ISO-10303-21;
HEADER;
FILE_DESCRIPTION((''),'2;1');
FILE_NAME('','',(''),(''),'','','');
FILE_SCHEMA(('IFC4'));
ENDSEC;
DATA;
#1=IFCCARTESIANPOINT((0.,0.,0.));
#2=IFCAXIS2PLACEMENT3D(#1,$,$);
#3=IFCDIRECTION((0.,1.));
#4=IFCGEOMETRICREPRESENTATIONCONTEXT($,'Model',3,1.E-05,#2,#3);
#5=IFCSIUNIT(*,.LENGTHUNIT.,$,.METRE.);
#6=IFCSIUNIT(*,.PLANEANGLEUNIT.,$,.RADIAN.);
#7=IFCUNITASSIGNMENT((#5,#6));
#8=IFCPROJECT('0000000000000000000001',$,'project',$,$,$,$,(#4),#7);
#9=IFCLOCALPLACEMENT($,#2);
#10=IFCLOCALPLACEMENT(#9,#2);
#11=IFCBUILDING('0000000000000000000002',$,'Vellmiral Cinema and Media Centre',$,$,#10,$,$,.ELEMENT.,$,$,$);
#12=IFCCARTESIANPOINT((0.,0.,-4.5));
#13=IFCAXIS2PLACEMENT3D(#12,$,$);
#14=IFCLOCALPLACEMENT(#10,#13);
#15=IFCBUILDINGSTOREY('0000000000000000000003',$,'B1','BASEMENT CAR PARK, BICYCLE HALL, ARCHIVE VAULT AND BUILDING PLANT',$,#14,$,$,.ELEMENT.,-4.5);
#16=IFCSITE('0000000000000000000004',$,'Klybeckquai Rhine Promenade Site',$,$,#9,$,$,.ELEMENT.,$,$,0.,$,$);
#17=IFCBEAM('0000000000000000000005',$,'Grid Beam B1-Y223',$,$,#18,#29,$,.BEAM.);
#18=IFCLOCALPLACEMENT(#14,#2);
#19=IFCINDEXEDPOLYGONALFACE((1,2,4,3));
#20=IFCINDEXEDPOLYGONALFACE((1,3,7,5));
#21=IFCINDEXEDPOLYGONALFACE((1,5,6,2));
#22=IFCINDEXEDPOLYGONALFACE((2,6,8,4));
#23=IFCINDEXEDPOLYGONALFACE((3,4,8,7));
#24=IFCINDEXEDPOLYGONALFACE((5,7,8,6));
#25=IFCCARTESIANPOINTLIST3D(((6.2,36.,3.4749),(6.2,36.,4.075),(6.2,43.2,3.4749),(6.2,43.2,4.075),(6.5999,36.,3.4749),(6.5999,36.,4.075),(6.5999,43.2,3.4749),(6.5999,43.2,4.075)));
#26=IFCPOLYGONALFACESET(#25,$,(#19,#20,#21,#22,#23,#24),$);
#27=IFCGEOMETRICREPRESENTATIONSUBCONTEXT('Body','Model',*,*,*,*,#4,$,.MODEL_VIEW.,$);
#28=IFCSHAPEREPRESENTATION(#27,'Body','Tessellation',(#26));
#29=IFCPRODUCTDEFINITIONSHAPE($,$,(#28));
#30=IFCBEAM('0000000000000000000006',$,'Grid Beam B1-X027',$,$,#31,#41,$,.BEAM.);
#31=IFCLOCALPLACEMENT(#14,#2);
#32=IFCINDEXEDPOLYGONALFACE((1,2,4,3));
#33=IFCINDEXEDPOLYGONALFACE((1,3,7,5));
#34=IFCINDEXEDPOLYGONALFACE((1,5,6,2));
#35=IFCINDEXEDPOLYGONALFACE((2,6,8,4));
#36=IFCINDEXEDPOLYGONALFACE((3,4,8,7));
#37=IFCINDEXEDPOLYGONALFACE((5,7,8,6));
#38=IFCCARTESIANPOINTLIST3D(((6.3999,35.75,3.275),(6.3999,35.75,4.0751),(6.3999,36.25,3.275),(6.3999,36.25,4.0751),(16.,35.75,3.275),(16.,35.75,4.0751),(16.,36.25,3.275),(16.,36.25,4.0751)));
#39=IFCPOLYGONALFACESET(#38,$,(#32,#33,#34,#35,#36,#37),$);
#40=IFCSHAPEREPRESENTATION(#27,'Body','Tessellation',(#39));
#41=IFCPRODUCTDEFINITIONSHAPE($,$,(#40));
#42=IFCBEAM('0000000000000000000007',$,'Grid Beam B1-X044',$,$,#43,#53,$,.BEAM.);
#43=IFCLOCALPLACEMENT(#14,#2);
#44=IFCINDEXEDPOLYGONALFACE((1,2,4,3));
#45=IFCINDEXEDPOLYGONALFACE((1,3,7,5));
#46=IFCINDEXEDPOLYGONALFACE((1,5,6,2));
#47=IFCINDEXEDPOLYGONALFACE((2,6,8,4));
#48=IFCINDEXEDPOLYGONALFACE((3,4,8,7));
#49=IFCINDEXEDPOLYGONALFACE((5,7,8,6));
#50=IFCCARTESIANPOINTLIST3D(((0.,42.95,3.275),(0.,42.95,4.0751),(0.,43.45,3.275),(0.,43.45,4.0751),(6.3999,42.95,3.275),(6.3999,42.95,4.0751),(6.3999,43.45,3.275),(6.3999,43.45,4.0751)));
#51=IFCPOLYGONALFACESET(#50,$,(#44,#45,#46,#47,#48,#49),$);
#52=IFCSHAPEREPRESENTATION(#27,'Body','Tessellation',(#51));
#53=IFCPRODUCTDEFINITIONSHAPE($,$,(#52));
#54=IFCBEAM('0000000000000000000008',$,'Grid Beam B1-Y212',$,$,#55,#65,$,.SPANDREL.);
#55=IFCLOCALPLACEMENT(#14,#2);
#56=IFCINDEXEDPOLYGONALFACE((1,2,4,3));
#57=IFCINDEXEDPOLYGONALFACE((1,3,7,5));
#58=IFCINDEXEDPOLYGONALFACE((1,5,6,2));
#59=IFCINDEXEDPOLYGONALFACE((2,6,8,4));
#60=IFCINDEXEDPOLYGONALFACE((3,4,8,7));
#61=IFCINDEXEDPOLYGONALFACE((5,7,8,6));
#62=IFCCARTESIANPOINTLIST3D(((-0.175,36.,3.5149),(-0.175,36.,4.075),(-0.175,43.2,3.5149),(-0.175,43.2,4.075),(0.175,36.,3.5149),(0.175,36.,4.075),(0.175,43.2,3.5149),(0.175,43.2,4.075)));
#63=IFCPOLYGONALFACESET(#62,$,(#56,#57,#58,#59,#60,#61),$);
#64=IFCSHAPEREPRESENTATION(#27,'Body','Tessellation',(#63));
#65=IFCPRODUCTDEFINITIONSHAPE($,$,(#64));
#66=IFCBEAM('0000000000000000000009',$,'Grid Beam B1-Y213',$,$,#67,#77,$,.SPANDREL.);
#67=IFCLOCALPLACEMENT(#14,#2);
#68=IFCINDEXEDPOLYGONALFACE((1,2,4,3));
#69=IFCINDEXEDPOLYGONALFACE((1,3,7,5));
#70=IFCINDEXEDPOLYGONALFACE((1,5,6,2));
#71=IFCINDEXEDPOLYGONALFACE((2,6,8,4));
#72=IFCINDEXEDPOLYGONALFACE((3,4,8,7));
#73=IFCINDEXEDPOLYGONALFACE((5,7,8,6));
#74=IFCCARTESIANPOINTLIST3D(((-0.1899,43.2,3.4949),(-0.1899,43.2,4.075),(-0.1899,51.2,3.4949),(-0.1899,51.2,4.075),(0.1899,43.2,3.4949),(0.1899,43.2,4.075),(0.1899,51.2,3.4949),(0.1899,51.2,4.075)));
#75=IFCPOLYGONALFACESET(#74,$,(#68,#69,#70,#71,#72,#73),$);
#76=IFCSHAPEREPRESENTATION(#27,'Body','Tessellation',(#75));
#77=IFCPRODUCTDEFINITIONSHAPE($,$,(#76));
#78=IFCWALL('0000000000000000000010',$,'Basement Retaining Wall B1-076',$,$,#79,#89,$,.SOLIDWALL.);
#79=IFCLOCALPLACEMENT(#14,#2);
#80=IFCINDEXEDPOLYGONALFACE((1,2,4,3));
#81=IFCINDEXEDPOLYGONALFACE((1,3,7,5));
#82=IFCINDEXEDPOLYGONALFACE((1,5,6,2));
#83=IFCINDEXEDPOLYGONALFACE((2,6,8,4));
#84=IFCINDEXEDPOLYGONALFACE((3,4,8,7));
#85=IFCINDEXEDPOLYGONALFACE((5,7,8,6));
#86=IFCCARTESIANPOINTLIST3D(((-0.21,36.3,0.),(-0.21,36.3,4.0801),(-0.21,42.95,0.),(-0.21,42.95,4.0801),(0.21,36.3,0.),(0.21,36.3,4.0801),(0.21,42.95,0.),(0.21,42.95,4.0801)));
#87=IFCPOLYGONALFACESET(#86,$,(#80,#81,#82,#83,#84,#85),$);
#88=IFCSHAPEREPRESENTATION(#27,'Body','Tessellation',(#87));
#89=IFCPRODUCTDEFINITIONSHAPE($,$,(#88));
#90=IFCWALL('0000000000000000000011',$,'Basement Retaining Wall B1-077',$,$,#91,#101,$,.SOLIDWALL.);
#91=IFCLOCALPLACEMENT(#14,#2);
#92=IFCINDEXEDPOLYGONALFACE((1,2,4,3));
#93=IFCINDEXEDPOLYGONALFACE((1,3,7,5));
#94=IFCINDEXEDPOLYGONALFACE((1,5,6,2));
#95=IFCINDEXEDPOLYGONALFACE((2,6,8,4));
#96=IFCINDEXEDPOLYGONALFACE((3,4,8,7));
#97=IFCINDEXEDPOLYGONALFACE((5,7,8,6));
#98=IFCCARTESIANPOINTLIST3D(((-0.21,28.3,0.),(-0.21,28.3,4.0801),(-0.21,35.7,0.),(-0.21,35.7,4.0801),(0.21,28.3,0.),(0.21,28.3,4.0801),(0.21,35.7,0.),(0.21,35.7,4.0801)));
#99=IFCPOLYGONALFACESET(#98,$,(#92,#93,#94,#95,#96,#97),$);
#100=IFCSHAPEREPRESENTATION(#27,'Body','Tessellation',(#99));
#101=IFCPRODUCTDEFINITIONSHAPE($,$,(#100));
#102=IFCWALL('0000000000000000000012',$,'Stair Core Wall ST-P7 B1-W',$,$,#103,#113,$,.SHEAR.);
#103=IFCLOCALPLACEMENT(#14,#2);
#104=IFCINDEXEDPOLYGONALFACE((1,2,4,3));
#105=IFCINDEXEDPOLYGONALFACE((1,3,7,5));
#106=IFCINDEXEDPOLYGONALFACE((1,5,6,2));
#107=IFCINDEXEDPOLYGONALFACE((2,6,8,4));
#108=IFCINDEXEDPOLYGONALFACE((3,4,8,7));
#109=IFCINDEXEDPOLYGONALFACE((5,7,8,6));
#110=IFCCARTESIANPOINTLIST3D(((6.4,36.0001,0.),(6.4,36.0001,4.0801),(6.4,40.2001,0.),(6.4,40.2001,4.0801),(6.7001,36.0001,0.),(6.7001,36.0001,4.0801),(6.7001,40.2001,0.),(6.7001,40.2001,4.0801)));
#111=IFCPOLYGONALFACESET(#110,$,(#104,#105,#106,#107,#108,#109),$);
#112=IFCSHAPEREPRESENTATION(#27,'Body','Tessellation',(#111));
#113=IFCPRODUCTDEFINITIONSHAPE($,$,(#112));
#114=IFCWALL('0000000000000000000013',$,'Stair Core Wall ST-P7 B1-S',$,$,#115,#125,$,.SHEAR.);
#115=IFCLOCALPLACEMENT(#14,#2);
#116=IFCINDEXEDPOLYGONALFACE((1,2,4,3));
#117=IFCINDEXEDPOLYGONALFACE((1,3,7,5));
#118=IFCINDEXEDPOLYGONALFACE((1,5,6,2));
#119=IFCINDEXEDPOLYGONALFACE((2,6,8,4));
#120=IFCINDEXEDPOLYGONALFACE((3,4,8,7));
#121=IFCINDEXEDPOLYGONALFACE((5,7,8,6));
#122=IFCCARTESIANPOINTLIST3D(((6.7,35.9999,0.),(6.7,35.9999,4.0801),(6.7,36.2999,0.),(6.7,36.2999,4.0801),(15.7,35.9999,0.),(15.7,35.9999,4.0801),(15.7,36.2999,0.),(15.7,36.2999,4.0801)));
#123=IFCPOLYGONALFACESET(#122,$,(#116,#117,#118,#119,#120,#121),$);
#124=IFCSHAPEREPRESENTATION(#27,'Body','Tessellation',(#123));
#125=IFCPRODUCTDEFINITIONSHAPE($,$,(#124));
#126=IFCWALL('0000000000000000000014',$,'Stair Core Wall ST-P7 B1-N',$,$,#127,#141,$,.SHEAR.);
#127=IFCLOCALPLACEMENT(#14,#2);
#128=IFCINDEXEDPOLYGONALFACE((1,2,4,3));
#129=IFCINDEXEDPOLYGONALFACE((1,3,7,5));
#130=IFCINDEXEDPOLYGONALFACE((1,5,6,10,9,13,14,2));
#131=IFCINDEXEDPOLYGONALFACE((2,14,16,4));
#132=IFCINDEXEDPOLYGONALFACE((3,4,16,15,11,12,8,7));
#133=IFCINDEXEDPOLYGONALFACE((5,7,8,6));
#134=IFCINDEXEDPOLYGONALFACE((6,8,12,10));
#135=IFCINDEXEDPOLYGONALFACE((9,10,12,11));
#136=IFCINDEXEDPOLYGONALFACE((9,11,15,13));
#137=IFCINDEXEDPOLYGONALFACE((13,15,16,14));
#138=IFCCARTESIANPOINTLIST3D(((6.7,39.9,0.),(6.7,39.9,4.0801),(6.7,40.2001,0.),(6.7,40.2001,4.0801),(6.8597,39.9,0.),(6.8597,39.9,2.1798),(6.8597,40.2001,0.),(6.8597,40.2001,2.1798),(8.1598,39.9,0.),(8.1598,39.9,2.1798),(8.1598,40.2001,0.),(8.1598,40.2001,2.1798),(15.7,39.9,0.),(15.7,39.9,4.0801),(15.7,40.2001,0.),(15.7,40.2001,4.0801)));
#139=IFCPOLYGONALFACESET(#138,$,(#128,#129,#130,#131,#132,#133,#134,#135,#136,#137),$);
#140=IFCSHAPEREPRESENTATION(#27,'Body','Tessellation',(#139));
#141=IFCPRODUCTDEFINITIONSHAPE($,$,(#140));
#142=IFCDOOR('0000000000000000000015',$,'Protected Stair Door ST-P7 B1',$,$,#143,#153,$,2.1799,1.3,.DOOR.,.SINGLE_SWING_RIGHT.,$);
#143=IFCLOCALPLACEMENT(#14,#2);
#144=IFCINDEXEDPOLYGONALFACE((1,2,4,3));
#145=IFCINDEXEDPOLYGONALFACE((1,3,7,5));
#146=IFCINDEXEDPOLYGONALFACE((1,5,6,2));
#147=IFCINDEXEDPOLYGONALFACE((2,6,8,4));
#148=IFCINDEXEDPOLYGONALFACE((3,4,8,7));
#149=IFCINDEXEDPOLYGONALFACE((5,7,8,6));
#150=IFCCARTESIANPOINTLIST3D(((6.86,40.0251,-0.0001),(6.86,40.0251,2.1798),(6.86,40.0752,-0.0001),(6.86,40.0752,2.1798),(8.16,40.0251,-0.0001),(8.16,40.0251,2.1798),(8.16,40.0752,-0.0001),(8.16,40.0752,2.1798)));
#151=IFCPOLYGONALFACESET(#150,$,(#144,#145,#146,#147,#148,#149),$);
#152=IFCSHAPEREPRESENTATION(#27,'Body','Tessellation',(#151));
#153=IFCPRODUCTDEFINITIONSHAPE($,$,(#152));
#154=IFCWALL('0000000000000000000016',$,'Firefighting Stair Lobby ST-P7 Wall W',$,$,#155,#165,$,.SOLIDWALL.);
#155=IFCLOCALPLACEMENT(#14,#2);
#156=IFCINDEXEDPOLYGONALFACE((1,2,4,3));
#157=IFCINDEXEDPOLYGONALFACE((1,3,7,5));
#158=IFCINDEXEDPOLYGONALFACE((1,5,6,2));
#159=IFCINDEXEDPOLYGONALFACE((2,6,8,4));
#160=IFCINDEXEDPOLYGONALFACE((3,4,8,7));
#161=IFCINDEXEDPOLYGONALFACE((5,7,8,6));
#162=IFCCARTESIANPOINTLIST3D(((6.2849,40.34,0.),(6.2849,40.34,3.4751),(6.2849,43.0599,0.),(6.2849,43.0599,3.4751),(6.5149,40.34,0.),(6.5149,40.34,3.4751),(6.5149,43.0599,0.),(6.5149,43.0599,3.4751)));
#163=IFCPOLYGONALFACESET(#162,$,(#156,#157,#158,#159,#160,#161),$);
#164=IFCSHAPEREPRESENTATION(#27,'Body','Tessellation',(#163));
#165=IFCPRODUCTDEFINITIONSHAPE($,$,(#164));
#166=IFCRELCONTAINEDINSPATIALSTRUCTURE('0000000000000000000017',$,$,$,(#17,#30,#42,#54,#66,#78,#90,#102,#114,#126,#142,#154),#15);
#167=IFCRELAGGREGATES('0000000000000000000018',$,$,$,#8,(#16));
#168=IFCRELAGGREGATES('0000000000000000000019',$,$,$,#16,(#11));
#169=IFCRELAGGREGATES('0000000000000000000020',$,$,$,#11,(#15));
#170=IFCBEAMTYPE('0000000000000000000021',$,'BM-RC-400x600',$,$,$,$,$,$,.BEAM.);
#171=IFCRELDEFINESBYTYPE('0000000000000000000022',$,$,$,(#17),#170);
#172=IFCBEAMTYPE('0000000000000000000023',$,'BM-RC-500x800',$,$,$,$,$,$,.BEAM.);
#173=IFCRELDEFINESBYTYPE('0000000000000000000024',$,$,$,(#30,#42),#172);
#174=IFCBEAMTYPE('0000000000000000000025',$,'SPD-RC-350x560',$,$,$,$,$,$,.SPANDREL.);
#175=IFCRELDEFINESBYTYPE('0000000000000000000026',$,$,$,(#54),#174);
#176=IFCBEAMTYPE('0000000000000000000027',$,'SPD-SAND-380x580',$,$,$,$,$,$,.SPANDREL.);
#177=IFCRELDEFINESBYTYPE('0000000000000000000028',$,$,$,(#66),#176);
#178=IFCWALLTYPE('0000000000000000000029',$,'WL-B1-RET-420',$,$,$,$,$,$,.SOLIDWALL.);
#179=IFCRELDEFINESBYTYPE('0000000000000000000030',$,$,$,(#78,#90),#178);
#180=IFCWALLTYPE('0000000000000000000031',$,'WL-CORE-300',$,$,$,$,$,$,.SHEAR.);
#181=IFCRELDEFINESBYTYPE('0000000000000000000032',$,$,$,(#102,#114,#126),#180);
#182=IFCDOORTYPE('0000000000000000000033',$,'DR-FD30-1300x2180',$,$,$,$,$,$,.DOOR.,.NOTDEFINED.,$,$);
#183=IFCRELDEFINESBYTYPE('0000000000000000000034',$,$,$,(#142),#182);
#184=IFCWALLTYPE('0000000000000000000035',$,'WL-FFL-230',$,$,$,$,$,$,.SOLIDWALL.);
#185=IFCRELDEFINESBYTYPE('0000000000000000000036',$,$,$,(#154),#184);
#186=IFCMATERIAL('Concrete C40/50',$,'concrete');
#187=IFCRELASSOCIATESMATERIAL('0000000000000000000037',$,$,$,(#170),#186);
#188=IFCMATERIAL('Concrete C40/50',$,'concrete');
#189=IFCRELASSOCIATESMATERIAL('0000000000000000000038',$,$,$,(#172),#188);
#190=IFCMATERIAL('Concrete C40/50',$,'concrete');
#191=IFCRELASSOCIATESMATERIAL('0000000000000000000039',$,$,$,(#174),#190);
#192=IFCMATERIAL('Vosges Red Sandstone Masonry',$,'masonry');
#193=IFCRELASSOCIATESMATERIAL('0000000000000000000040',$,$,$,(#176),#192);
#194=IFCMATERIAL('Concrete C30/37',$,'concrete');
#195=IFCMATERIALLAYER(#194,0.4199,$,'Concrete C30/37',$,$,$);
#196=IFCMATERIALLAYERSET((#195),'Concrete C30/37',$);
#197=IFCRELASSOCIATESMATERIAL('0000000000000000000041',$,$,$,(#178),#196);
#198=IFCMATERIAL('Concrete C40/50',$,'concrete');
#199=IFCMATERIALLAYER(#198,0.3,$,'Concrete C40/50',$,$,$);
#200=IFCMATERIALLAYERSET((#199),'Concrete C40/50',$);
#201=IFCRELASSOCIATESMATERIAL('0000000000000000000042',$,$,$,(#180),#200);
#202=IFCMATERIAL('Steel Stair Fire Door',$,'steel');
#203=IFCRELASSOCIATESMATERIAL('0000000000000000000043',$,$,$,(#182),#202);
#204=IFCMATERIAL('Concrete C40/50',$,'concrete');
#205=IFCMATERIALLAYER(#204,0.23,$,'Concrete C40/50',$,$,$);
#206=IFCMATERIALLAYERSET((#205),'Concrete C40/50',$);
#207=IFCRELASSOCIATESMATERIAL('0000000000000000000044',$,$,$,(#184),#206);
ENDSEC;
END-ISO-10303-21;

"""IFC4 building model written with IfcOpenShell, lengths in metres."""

from ifc_helpers import new_model, si_unit, direction, frame, frame_2d, origin, origin_2d, place, context, subcontext, project, spatial, rectangle, extrude, material, layer, layer_set, material_profile, profile_set, type_object, element, fill, save


model = new_model("IFC4")

# Units and contexts
model_context = context("Model", 3, precision=1e-05, world=origin(), true_north=direction((0.0, 1.0)))
body_context = subcontext(model_context, "Body", "Model", "MODEL_VIEW")
ifc_project = project(units=[si_unit("LENGTHUNIT", "METRE"), si_unit("PLANEANGLEUNIT", "RADIAN")], contexts=[model_context])

# Site, building, storey
site_placement = place(None, origin())
site = spatial("IfcSite", under=ifc_project, at=site_placement, Name="Klybeckquai Rhine Promenade Site", CompositionType="ELEMENT", RefElevation=0.0)
building_placement = place(site_placement, origin())
building = spatial("IfcBuilding", under=site, at=building_placement, Name="Vellmiral Cinema and Media Centre", CompositionType="ELEMENT")
storey_placement = place(building_placement, frame((0.0, 0.0, -4.5)))
storey = spatial("IfcBuildingStorey", under=building, at=storey_placement, Name="B1", Description="BASEMENT CAR PARK, BICYCLE HALL, ARCHIVE VAULT AND BUILDING PLANT", CompositionType="ELEMENT", Elevation=-4.5)

# Beams
ifc_material_1 = material(Name="Concrete C40/50", Category="concrete")
ifc_material_profile_1 = material_profile(ifc_material_1, rectangle(XDim=0.3999, YDim=0.6001, at=origin_2d()), Name="RC 400x600")
ifc_profile_set_1 = profile_set([ifc_material_profile_1], Name="Concrete C40/50")
beam_type_1 = type_object("IfcBeamType", Name="BM-RC-400x600", PredefinedType="BEAM", material=ifc_profile_set_1)
beam_1_placement = place(storey_placement, frame((6.3999, 36.0, 3.7749), z_axis=(0.0, 1.0, 0.0), x_axis=(-1.0, 0.0, 0.0)))
element("IfcBeam", 1, at=beam_1_placement, inside=storey, type_object=beam_type_1, Name="Grid Beam B1-Y223", PredefinedType="BEAM", context=body_context, shape_type="SweptSolid", body=[
    extrude(rectangle(XDim=0.3999, YDim=0.6001, at=origin_2d()), origin(), (0.0, 0.0, 1.0), 7.2),
])
ifc_material_2 = material(Name="Concrete C40/50", Category="concrete")
ifc_material_profile_2 = material_profile(ifc_material_2, rectangle(XDim=0.5, YDim=0.8, at=origin_2d()), Name="RC 500x800")
ifc_profile_set_2 = profile_set([ifc_material_profile_2], Name="Concrete C40/50")
beam_type_2 = type_object("IfcBeamType", Name="BM-RC-500x800", PredefinedType="BEAM", material=ifc_profile_set_2)
beam_2_placement = place(storey_placement, frame((6.3999, 36.0, 3.675), z_axis=(1.0, 0.0, 0.0), x_axis=(0.0, 1.0, 0.0)))
element("IfcBeam", 2, at=beam_2_placement, inside=storey, type_object=beam_type_2, Name="Grid Beam B1-X027", PredefinedType="BEAM", context=body_context, shape_type="SweptSolid", body=[
    extrude(rectangle(XDim=0.5, YDim=0.8, at=origin_2d()), origin(), (0.0, 0.0, 1.0), 9.6001),
])
beam_3_placement = place(storey_placement, frame((0.0, 43.2, 3.675), z_axis=(1.0, 0.0, 0.0), x_axis=(0.0, 1.0, 0.0)))
element("IfcBeam", 3, at=beam_3_placement, inside=storey, type_object=beam_type_2, Name="Grid Beam B1-X044", PredefinedType="BEAM", context=body_context, shape_type="SweptSolid", body=[
    extrude(rectangle(XDim=0.5, YDim=0.8, at=origin_2d()), origin(), (0.0, 0.0, 1.0), 6.3999),
])
ifc_material_3 = material(Name="Concrete C40/50", Category="concrete")
ifc_material_profile_3 = material_profile(ifc_material_3, rectangle(XDim=0.3501, YDim=0.5601, at=origin_2d()), Name="RC 350x560")
ifc_profile_set_3 = profile_set([ifc_material_profile_3], Name="Concrete C40/50")
beam_type_3 = type_object("IfcBeamType", Name="SPD-RC-350x560", PredefinedType="SPANDREL", material=ifc_profile_set_3)
beam_4_placement = place(storey_placement, frame((0.0, 36.0, 3.7949), z_axis=(0.0, 1.0, 0.0), x_axis=(-1.0, 0.0, 0.0)))
element("IfcBeam", 4, at=beam_4_placement, inside=storey, type_object=beam_type_3, Name="Grid Beam B1-Y212", PredefinedType="SPANDREL", context=body_context, shape_type="SweptSolid", body=[
    extrude(rectangle(XDim=0.3501, YDim=0.5601, at=origin_2d()), origin(), (0.0, 0.0, 1.0), 7.2),
])
ifc_material_4 = material(Name="Vosges Red Sandstone Masonry", Category="masonry")
ifc_material_profile_4 = material_profile(ifc_material_4, rectangle(XDim=0.3799, YDim=0.5801, at=origin_2d()), Name="SAND 380x580")
ifc_profile_set_4 = profile_set([ifc_material_profile_4], Name="Vosges Red Sandstone Masonry")
beam_type_4 = type_object("IfcBeamType", Name="SPD-SAND-380x580", PredefinedType="SPANDREL", material=ifc_profile_set_4)
beam_5_placement = place(storey_placement, frame((0.0, 43.2, 3.7849), z_axis=(0.0, 1.0, 0.0), x_axis=(-1.0, 0.0, 0.0)))
element("IfcBeam", 5, at=beam_5_placement, inside=storey, type_object=beam_type_4, Name="Grid Beam B1-Y213", PredefinedType="SPANDREL", context=body_context, shape_type="SweptSolid", body=[
    extrude(rectangle(XDim=0.3799, YDim=0.5801, at=origin_2d()), origin(), (0.0, 0.0, 1.0), 8.0),
])

# Walls
ifc_material_5 = material(Name="Concrete C30/37", Category="concrete")
ifc_layer_1 = layer(ifc_material_5, 0.4199, Name="Concrete C30/37")
ifc_layer_set_1 = layer_set([ifc_layer_1], Name="Concrete C30/37")
wall_type_1 = type_object("IfcWallType", Name="WL-B1-RET-420", PredefinedType="SOLIDWALL", material=ifc_layer_set_1)
wall_1_placement = place(storey_placement, frame((0.0, 42.95, 0.0), z_axis=(0.0, 0.0, 1.0), x_axis=(0.0, -1.0, 0.0)))
element("IfcWall", 6, at=wall_1_placement, inside=storey, type_object=wall_type_1, Name="Basement Retaining Wall B1-076", PredefinedType="SOLIDWALL", context=body_context, shape_type="SweptSolid", body=[
    extrude(rectangle(XDim=6.6499, YDim=0.4199, at=frame_2d((3.325, 0.0))), origin(), (0.0, 0.0, 1.0), 4.0801),
])
wall_2_placement = place(storey_placement, frame((0.0, 35.7, 0.0), z_axis=(0.0, 0.0, 1.0), x_axis=(0.0, -1.0, 0.0)))
element("IfcWall", 7, at=wall_2_placement, inside=storey, type_object=wall_type_1, Name="Basement Retaining Wall B1-077", PredefinedType="SOLIDWALL", context=body_context, shape_type="SweptSolid", body=[
    extrude(rectangle(XDim=7.3999, YDim=0.4199, at=frame_2d((3.7, 0.0))), origin(), (0.0, 0.0, 1.0), 4.0801),
])
ifc_material_6 = material(Name="Concrete C40/50", Category="concrete")
ifc_layer_2 = layer(ifc_material_6, 0.3, Name="Concrete C40/50")
ifc_layer_set_2 = layer_set([ifc_layer_2], Name="Concrete C40/50")
wall_type_2 = type_object("IfcWallType", Name="WL-CORE-300", PredefinedType="SHEAR", material=ifc_layer_set_2)
wall_3_placement = place(storey_placement, frame((6.55, 36.0, 0.0), z_axis=(0.0, 0.0, 1.0), x_axis=(0.0, 1.0, 0.0)))
element("IfcWall", 8, at=wall_3_placement, inside=storey, type_object=wall_type_2, Name="Stair Core Wall ST-P7 B1-W", PredefinedType="SHEAR", context=body_context, shape_type="SweptSolid", body=[
    extrude(rectangle(XDim=4.2, YDim=0.3, at=frame_2d((2.1001, 0.0))), origin(), (0.0, 0.0, 1.0), 4.0801),
])
wall_4_placement = place(storey_placement, frame((6.7, 36.1499, 0.0), z_axis=(0.0, 0.0, 1.0), x_axis=(1.0, 0.0, 0.0)))
element("IfcWall", 9, at=wall_4_placement, inside=storey, type_object=wall_type_2, Name="Stair Core Wall ST-P7 B1-S", PredefinedType="SHEAR", context=body_context, shape_type="SweptSolid", body=[
    extrude(rectangle(XDim=9.0, YDim=0.3, at=frame_2d((4.5, 0.0))), origin(), (0.0, 0.0, 1.0), 4.0801),
])

# Wall, opening, door
wall_5_placement = place(storey_placement, frame((6.7, 40.05, 0.0), z_axis=(0.0, 0.0, 1.0), x_axis=(1.0, 0.0, 0.0)))
wall_5 = element("IfcWall", 10, at=wall_5_placement, inside=storey, type_object=wall_type_2, Name="Stair Core Wall ST-P7 B1-N", PredefinedType="SHEAR", context=body_context, shape_type="SweptSolid", body=[
    extrude(rectangle(XDim=9.0, YDim=0.3, at=frame_2d((4.5, 0.0))), origin(), (0.0, 0.0, 1.0), 4.0801),
])
opening_placement = place(wall_5_placement, frame((0.1599, 0.0, 0.0)))
opening = element("IfcOpeningElement", 11, at=opening_placement, cuts=wall_5, PredefinedType="OPENING", context=body_context, shape_type="SweptSolid", body=[
    extrude(rectangle(XDim=1.3, YDim=2.1799, at=frame_2d((0.6499, 1.0898))), frame((0.0, 0.1621, 0.0), z_axis=(0.0, -1.0, 0.0), x_axis=(1.0, 0.0, 0.0)), (0.0, 0.0, 1.0), 0.324),
])
ifc_material_7 = material(Name="Steel Stair Fire Door", Category="steel")
door_type = type_object("IfcDoorType", Name="DR-FD30-1300x2180", OperationType="NOTDEFINED", PredefinedType="DOOR", material=ifc_material_7)
door_placement = place(opening_placement, frame((1.3, 0.0, 0.0), z_axis=(0.0, 0.0, 1.0), x_axis=(-1.0, 0.0, 0.0)))
door = element("IfcDoor", 12, at=door_placement, inside=storey, type_object=door_type, Name="Protected Stair Door ST-P7 B1", OperationType="SINGLE_SWING_RIGHT", OverallHeight=2.1799, OverallWidth=1.3, PredefinedType="DOOR", context=body_context, shape_type="SweptSolid", body=[
    extrude(rectangle(XDim=1.3, YDim=2.1799, at=frame_2d((0.6499, 1.0898))), frame((0.0, 0.0249, 0.0), z_axis=(0.0, -1.0, 0.0), x_axis=(1.0, 0.0, 0.0)), (0.0, 0.0, 1.0), 0.05),
])
fill(opening, door)

# Wall
ifc_material_8 = material(Name="Concrete C40/50", Category="concrete")
ifc_layer_3 = layer(ifc_material_8, 0.23, Name="Concrete C40/50")
ifc_layer_set_3 = layer_set([ifc_layer_3], Name="Concrete C40/50")
wall_type_3 = type_object("IfcWallType", Name="WL-FFL-230", PredefinedType="SOLIDWALL", material=ifc_layer_set_3)
wall_6_placement = place(storey_placement, frame((6.3999, 40.3401, 0.0), z_axis=(0.0, 0.0, 1.0), x_axis=(0.0, 1.0, 0.0)))
element("IfcWall", 13, at=wall_6_placement, inside=storey, type_object=wall_type_3, Name="Firefighting Stair Lobby ST-P7 Wall W", PredefinedType="SOLIDWALL", context=body_context, shape_type="SweptSolid", body=[
    extrude(rectangle(XDim=2.72, YDim=0.23, at=frame_2d((1.3599, 0.0))), origin(), (0.0, 0.0, 1.0), 3.4751),
])

save(model, "model.ifc")
